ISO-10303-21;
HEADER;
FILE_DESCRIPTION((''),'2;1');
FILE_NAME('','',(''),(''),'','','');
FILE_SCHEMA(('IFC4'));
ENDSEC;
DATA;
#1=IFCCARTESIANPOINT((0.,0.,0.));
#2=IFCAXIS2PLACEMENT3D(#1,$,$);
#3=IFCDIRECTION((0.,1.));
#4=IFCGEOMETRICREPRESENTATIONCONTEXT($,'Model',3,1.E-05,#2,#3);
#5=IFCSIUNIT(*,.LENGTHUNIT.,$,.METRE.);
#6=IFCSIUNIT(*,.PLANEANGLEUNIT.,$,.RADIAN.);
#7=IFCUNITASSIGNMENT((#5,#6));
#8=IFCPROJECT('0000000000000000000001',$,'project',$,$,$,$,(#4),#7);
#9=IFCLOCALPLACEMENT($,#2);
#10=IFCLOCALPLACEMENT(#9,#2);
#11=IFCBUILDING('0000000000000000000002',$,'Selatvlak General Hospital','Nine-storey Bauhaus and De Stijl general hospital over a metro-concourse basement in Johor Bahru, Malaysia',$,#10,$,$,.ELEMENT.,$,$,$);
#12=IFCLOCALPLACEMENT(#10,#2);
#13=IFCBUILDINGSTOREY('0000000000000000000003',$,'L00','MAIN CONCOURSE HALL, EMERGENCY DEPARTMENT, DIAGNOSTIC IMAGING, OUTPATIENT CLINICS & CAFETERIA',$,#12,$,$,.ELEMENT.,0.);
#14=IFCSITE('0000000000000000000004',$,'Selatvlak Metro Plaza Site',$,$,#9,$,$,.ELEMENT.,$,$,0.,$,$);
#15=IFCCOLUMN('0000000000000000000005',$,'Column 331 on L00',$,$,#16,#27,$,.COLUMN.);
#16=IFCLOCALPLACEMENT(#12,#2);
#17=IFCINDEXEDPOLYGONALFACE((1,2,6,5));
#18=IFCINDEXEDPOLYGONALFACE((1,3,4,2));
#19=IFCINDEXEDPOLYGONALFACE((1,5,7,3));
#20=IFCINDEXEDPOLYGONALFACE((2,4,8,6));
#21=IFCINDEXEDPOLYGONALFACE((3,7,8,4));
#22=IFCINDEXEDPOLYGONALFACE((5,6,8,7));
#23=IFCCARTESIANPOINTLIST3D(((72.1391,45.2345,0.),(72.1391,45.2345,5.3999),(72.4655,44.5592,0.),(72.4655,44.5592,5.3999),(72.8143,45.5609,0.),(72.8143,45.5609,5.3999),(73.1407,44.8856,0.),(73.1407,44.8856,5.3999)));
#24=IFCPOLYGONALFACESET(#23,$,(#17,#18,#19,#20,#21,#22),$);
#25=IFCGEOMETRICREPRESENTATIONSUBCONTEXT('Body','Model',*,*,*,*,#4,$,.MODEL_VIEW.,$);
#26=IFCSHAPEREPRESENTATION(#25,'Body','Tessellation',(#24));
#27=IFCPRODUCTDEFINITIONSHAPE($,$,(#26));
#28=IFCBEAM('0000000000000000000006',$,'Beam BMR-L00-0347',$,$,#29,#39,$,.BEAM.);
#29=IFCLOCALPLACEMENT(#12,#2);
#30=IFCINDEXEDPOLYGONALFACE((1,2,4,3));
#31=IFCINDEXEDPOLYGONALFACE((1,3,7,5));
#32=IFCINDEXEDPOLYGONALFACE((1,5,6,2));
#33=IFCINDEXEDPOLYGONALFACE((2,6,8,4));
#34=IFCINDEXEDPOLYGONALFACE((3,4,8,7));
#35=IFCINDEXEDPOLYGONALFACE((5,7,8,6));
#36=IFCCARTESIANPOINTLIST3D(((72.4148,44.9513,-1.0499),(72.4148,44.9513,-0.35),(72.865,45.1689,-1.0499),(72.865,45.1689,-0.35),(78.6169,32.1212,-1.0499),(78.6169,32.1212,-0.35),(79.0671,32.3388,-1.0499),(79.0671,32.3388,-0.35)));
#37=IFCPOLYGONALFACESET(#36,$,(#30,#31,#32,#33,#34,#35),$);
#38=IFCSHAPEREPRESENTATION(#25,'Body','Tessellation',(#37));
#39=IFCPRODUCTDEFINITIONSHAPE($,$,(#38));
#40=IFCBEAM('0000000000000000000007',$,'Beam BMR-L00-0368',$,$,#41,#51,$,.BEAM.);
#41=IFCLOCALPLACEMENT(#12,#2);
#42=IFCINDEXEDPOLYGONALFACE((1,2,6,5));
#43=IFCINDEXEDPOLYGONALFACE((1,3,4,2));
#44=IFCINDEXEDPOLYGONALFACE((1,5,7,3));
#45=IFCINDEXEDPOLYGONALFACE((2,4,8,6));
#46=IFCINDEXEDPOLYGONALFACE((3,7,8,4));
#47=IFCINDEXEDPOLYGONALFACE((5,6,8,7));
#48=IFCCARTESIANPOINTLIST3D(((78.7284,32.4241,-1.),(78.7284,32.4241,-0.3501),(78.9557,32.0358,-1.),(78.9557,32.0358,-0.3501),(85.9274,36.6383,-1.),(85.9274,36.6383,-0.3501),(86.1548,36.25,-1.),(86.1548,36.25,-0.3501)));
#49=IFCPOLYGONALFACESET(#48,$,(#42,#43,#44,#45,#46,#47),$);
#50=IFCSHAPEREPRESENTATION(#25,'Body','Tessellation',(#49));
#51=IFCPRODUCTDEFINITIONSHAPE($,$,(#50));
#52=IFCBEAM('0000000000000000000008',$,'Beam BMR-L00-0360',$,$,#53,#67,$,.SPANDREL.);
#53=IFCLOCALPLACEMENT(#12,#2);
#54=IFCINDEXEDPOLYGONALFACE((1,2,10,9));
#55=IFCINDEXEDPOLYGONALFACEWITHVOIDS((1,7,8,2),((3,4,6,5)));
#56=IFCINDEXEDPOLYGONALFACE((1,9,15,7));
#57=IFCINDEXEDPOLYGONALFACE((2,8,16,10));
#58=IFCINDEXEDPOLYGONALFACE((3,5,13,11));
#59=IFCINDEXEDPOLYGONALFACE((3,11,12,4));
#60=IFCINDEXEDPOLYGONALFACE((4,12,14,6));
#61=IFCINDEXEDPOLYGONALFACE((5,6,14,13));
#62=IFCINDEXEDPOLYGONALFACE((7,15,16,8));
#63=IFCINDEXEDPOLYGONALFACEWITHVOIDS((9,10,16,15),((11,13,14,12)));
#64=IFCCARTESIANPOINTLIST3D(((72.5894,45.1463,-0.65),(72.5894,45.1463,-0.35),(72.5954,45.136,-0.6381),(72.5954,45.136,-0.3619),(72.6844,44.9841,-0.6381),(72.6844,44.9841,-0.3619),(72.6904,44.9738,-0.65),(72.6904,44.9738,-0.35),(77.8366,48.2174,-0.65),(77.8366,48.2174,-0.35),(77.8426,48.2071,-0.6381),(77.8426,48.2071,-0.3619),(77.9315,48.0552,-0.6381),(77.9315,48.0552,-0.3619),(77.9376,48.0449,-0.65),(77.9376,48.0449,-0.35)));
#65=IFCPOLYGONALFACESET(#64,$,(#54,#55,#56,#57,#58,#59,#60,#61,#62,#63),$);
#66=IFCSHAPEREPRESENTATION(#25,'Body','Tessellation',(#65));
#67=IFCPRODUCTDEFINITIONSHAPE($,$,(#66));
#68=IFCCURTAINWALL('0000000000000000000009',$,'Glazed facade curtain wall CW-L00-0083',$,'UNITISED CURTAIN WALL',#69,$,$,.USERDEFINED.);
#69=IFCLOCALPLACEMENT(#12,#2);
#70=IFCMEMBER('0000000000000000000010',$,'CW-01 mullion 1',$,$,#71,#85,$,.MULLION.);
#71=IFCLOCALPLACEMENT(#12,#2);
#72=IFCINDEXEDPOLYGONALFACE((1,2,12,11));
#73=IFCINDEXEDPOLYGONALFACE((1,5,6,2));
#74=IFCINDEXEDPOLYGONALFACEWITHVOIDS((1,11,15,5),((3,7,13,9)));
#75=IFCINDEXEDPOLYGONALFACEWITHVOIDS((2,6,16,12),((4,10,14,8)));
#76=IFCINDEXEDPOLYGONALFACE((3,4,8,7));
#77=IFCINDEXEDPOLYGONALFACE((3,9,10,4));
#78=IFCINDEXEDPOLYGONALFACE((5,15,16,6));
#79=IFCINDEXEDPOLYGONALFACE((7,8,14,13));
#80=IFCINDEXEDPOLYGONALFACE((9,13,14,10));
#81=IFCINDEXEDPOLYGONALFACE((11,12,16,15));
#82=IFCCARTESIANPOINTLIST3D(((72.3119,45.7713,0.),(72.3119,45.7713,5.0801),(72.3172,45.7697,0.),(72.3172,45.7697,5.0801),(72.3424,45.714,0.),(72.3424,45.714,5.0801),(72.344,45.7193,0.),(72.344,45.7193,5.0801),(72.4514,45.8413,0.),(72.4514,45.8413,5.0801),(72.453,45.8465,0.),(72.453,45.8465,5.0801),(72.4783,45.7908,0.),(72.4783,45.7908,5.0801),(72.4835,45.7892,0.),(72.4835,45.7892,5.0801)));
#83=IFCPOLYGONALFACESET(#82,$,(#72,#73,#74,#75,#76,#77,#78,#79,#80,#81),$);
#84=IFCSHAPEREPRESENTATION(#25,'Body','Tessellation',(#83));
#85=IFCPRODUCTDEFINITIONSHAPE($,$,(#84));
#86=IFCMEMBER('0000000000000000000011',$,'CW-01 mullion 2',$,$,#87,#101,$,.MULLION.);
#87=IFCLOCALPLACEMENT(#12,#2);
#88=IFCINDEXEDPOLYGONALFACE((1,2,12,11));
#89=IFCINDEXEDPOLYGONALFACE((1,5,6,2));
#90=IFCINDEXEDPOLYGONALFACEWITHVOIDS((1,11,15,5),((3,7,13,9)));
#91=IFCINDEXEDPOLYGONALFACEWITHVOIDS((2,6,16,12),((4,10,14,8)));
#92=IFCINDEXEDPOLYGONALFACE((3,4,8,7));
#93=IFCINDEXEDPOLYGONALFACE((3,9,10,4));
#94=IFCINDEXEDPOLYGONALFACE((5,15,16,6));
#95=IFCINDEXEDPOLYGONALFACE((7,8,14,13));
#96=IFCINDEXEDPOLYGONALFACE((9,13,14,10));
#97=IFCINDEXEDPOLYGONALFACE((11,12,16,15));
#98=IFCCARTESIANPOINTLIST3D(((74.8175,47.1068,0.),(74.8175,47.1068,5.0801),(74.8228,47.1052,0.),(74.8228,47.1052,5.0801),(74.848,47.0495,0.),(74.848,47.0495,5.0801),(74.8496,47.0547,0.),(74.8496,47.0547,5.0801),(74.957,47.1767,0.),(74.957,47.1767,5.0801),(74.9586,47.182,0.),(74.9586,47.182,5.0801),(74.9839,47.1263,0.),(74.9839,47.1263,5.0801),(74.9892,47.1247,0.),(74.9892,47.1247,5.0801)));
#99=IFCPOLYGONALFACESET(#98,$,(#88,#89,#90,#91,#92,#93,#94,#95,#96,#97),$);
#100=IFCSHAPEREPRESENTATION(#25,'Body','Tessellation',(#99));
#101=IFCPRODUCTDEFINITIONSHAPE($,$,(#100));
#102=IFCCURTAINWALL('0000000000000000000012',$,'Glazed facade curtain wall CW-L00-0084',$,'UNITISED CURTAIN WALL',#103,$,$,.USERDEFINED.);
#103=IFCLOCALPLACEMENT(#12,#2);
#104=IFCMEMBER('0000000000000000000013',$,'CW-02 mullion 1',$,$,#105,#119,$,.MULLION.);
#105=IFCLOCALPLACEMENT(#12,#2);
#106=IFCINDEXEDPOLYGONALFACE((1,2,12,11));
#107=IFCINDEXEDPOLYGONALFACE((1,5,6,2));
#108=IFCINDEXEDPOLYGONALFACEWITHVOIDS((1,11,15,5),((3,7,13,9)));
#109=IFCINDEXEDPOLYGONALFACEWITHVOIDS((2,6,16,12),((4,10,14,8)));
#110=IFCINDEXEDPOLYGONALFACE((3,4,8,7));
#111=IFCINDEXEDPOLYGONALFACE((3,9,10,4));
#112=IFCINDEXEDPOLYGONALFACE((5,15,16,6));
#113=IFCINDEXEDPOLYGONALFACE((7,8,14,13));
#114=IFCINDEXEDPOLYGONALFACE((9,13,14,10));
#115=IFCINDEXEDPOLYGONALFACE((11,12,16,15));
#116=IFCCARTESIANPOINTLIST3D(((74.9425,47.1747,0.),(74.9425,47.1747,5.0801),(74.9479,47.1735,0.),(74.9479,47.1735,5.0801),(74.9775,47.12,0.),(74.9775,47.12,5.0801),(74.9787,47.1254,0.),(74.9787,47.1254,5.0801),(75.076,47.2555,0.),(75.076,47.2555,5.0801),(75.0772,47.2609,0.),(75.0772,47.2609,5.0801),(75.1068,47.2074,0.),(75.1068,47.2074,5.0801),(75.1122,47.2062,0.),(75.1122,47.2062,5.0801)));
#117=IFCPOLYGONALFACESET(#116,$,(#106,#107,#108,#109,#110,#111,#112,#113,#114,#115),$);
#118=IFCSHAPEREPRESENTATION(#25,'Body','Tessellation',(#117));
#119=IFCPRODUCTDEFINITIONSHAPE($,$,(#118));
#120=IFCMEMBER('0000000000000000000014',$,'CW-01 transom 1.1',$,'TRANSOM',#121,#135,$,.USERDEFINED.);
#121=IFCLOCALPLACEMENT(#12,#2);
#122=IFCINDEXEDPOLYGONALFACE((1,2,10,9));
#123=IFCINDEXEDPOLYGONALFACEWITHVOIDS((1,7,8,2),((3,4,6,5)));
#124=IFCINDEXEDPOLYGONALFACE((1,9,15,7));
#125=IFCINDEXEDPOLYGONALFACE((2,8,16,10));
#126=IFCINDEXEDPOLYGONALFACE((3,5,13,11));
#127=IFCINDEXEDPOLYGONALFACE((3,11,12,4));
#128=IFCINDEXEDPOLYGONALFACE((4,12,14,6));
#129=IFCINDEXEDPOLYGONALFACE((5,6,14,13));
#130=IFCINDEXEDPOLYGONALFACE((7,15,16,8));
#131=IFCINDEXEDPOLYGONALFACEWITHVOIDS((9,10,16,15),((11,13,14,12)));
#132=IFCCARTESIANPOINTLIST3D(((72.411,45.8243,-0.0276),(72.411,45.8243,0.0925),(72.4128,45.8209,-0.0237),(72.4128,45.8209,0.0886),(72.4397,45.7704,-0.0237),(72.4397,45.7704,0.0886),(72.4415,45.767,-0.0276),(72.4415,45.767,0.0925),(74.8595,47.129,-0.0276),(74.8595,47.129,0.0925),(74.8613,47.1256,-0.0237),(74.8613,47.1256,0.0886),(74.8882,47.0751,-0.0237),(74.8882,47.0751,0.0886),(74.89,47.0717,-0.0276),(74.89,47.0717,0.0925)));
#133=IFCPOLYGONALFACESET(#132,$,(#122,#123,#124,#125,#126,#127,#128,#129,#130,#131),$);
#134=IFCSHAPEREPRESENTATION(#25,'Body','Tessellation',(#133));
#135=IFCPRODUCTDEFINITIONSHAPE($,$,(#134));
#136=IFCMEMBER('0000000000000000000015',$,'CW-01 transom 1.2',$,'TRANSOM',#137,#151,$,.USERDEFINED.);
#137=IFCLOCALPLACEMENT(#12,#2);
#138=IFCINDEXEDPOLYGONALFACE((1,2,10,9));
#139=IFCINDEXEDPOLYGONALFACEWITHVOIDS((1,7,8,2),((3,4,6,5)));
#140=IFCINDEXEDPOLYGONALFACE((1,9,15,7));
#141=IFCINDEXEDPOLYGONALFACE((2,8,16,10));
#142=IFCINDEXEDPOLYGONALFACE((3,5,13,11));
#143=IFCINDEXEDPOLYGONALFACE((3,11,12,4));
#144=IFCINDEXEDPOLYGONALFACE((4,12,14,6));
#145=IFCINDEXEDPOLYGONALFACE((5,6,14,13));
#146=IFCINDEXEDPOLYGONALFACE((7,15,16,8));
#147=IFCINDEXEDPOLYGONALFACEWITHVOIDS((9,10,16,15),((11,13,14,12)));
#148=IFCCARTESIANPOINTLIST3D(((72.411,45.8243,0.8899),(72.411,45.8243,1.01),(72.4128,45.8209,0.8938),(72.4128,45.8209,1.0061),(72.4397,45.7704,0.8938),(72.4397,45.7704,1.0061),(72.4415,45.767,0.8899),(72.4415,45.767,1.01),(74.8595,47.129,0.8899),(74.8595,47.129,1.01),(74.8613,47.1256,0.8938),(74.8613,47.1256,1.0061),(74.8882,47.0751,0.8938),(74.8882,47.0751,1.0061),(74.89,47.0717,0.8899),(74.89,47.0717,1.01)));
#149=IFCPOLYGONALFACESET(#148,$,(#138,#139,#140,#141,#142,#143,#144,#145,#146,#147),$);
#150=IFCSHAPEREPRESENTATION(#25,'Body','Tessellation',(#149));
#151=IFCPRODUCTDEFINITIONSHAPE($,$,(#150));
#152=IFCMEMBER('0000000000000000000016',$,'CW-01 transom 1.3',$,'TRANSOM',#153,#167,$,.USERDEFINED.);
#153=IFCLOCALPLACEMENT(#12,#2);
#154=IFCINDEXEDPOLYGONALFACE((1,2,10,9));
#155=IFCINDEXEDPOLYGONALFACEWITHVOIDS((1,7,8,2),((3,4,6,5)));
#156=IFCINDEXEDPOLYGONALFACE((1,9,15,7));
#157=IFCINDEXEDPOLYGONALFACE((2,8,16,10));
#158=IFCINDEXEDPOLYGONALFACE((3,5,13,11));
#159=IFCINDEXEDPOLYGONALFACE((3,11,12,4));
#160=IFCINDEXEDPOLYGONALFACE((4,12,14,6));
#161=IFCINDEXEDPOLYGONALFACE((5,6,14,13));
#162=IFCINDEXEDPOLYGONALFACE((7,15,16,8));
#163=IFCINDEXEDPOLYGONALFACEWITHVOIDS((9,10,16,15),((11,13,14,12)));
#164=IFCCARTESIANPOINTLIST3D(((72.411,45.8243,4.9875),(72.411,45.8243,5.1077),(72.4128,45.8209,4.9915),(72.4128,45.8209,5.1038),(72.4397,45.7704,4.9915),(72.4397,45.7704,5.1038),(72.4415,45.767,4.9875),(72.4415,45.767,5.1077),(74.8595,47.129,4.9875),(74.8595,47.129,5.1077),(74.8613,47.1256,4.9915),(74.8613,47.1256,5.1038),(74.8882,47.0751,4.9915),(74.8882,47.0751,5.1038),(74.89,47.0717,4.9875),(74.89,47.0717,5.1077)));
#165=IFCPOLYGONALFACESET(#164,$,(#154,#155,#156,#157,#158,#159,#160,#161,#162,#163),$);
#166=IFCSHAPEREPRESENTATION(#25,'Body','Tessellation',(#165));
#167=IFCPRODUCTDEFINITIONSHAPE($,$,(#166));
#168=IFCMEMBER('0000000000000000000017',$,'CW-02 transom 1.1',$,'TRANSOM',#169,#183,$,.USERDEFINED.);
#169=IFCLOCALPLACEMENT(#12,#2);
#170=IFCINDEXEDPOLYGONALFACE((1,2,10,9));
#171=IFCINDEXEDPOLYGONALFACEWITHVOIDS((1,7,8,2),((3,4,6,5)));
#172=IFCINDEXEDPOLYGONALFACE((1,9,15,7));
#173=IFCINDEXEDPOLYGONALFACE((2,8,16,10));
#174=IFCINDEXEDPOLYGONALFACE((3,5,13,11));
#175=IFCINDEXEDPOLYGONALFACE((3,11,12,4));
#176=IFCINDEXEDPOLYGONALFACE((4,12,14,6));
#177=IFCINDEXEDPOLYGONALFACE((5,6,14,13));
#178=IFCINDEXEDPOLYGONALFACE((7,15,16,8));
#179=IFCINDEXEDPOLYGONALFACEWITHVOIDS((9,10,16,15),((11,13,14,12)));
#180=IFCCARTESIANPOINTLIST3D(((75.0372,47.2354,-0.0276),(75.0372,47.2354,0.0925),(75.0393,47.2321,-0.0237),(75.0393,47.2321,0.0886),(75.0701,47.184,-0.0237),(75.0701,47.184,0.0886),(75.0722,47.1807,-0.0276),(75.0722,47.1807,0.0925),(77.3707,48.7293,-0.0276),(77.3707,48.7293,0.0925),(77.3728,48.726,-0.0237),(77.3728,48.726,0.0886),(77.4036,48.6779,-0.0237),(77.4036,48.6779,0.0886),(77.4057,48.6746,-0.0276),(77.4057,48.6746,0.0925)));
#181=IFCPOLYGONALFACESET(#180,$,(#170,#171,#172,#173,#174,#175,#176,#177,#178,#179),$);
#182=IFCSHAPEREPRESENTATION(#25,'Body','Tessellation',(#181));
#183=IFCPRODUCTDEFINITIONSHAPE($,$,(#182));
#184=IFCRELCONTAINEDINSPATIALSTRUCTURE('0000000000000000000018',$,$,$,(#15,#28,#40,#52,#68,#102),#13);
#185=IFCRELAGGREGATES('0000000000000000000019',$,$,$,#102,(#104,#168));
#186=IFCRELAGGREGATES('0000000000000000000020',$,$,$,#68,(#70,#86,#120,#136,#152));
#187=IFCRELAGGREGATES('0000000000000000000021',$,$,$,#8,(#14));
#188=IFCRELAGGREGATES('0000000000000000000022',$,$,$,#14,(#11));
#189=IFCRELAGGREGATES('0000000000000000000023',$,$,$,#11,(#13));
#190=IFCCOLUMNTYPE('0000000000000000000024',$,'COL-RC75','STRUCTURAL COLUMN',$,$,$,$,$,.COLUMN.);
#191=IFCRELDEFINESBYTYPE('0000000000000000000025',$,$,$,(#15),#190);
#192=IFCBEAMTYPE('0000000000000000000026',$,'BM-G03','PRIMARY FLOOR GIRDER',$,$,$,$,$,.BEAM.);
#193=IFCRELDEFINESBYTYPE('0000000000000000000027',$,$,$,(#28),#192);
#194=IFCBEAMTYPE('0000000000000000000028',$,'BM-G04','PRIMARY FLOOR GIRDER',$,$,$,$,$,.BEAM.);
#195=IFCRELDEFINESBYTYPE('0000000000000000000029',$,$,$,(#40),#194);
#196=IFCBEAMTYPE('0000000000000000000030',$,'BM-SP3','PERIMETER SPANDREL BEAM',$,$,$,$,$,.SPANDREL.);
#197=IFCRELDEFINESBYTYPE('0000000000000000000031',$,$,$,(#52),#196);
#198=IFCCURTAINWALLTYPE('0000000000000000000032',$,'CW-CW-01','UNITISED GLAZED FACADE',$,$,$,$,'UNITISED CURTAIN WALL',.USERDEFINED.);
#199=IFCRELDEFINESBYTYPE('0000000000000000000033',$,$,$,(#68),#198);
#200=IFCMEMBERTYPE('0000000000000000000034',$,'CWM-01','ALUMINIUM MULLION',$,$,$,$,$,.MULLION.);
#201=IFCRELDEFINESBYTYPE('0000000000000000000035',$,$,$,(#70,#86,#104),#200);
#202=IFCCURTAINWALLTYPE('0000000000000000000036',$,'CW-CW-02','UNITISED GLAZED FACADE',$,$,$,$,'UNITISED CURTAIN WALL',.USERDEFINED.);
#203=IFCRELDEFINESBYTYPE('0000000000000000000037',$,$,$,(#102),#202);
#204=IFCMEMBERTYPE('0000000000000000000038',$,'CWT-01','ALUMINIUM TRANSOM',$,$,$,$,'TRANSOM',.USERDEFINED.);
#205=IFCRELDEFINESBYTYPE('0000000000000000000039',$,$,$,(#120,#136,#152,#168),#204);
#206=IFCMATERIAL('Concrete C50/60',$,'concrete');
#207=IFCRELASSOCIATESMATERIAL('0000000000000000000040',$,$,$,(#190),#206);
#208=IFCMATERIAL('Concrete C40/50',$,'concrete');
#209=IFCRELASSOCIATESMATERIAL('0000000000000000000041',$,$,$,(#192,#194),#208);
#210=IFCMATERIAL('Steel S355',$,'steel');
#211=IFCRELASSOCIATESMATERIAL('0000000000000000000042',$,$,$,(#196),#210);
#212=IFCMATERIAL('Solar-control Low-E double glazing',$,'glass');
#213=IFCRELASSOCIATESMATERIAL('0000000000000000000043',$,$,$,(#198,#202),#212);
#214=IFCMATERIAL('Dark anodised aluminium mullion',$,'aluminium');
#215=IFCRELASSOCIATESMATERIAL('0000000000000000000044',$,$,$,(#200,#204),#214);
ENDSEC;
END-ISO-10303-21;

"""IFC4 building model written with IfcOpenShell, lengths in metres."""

from ifc_helpers import new_model, si_unit, direction, frame, origin, origin_2d, place, context, subcontext, project, spatial, rectangle, hollow_rectangle, extrude, material, material_profile, profile_set, type_object, element, aggregate, save


model = new_model("IFC4")

# Units and contexts
model_context = context("Model", 3, precision=1e-05, world=origin(), true_north=direction((0.0, 1.0)))
body_context = subcontext(model_context, "Body", "Model", "MODEL_VIEW")
ifc_project = project(units=[si_unit("LENGTHUNIT", "METRE"), si_unit("PLANEANGLEUNIT", "RADIAN")], contexts=[model_context])

# Site, building, storey
site_placement = place(None, origin())
site = spatial("IfcSite", under=ifc_project, at=site_placement, Name="Selatvlak Metro Plaza Site", CompositionType="ELEMENT", RefElevation=0.0)
building_placement = place(site_placement, origin())
building = spatial("IfcBuilding", under=site, at=building_placement, Name="Selatvlak General Hospital", Description="Nine-storey Bauhaus and De Stijl general hospital over a metro-concourse basement in Johor Bahru, Malaysia", CompositionType="ELEMENT")
storey_placement = place(building_placement, origin())
storey = spatial("IfcBuildingStorey", under=building, at=storey_placement, Name="L00", Description="MAIN CONCOURSE HALL, EMERGENCY DEPARTMENT, DIAGNOSTIC IMAGING, OUTPATIENT CLINICS & CAFETERIA", CompositionType="ELEMENT", Elevation=0.0)

# Column
ifc_material_1 = material(Name="Concrete C50/60", Category="concrete")
ifc_material_profile_1 = material_profile(ifc_material_1, rectangle(XDim=0.75, YDim=0.75, at=origin_2d()), Name="RC-COL 750x750")
ifc_profile_set_1 = profile_set([ifc_material_profile_1], Name="Concrete C50/60")
column_type = type_object("IfcColumnType", Name="COL-RC75", Description="STRUCTURAL COLUMN", PredefinedType="COLUMN", material=ifc_profile_set_1)
column_placement = place(storey_placement, frame((72.6399, 45.0601, 0.0), z_axis=(0.0, 0.0, 1.0), x_axis=(-0.4352, 0.900334, 0.0)))
element("IfcColumn", 1, at=column_placement, inside=storey, type_object=column_type, Name="Column 331 on L00", PredefinedType="COLUMN", context=body_context, shape_type="SweptSolid", body=[
    extrude(rectangle(XDim=0.75, YDim=0.75, at=origin_2d()), origin(), (0.0, 0.0, 1.0), 5.3999),
])

# Beams
ifc_material_2 = material(Name="Concrete C40/50", Category="concrete")
ifc_material_profile_2 = material_profile(ifc_material_2, rectangle(XDim=0.5, YDim=0.7, at=origin_2d()), Name="RC-BM 500x700")
ifc_profile_set_2 = profile_set([ifc_material_profile_2], Name="Concrete C40/50")
beam_type_1 = type_object("IfcBeamType", Name="BM-G03", Description="PRIMARY FLOOR GIRDER", PredefinedType="BEAM", material=ifc_profile_set_2)
beam_1_placement = place(storey_placement, frame((72.6399, 45.0601, -0.7), z_axis=(0.435222, -0.900323, 0.0), x_axis=(0.900323, 0.435222, 0.0)))
element("IfcBeam", 2, at=beam_1_placement, inside=storey, type_object=beam_type_1, Name="Beam BMR-L00-0347", PredefinedType="BEAM", context=body_context, shape_type="SweptSolid", body=[
    extrude(rectangle(XDim=0.5, YDim=0.7, at=origin_2d()), origin(), (0.0, 0.0, 1.0), 14.2505),
])
ifc_material_profile_3 = material_profile(ifc_material_2, rectangle(XDim=0.45, YDim=0.6499, at=origin_2d()), Name="RC-BM 450x650")
ifc_profile_set_3 = profile_set([ifc_material_profile_3], Name="Concrete C40/50")
beam_type_2 = type_object("IfcBeamType", Name="BM-G04", Description="PRIMARY FLOOR GIRDER", PredefinedType="BEAM", material=ifc_profile_set_3)
beam_2_placement = place(storey_placement, frame((78.842, 32.23, -0.675), z_axis=(0.86301, 0.505186, 0.0), x_axis=(-0.505186, 0.86301, 0.0)))
element("IfcBeam", 3, at=beam_2_placement, inside=storey, type_object=beam_type_2, Name="Beam BMR-L00-0368", PredefinedType="BEAM", context=body_context, shape_type="SweptSolid", body=[
    extrude(rectangle(XDim=0.45, YDim=0.6499, at=origin_2d()), origin(), (0.0, 0.0, 1.0), 8.3418),
])
ifc_material_3 = material(Name="Steel S355", Category="steel")
ifc_material_profile_4 = material_profile(ifc_material_3, hollow_rectangle(XDim=0.2, YDim=0.3, WallThickness=0.012, at=origin_2d()), Name="RHS 300x200x12")
ifc_profile_set_4 = profile_set([ifc_material_profile_4], Name="Steel S355")
beam_type_3 = type_object("IfcBeamType", Name="BM-SP3", Description="PERIMETER SPANDREL BEAM", PredefinedType="SPANDREL", material=ifc_profile_set_4)
beam_3_placement = place(storey_placement, frame((72.6399, 45.0601, -0.5), z_axis=(0.863044, 0.505129, 0.0), x_axis=(-0.505129, 0.863044, 0.0)))
element("IfcBeam", 4, at=beam_3_placement, inside=storey, type_object=beam_type_3, Name="Beam BMR-L00-0360", PredefinedType="SPANDREL", context=body_context, shape_type="SweptSolid", body=[
    extrude(hollow_rectangle(XDim=0.2, YDim=0.3, WallThickness=0.012, at=origin_2d()), origin(), (0.0, 0.0, 1.0), 6.0798),
])

# Curtain wall, members
ifc_material_4 = material(Name="Solar-control Low-E double glazing", Category="glass")
curtain_wall_type_1 = type_object("IfcCurtainWallType", Name="CW-CW-01", Description="UNITISED GLAZED FACADE", ElementType="UNITISED CURTAIN WALL", PredefinedType="USERDEFINED", material=ifc_material_4)
curtain_wall_1_placement = place(storey_placement, origin())
curtain_wall_1 = element("IfcCurtainWall", 5, at=curtain_wall_1_placement, inside=storey, type_object=curtain_wall_type_1, Name="Glazed facade curtain wall CW-L00-0083", ObjectType="UNITISED CURTAIN WALL", PredefinedType="USERDEFINED")
ifc_material_5 = material(Name="Dark anodised aluminium mullion", Category="aluminium")
ifc_material_profile_5 = material_profile(ifc_material_5, hollow_rectangle(XDim=0.0649, YDim=0.1599, WallThickness=0.0039, at=origin_2d()), Name="AL-MUL 65x160x4")
ifc_profile_set_5 = profile_set([ifc_material_profile_5], Name="Dark anodised aluminium mullion")
member_type_1 = type_object("IfcMemberType", Name="CWM-01", Description="ALUMINIUM MULLION", PredefinedType="MULLION", material=ifc_profile_set_5)
member_1_placement = place(storey_placement, frame((72.3977, 45.7803, 0.0), z_axis=(0.0, 0.0, 1.0), x_axis=(-0.470338, 0.882486, 0.0)))
member_1 = element("IfcMember", 6, at=member_1_placement, type_object=member_type_1, Name="CW-01 mullion 1", PredefinedType="MULLION", context=body_context, shape_type="SweptSolid", body=[
    extrude(hollow_rectangle(XDim=0.0649, YDim=0.1599, WallThickness=0.0039, at=origin_2d()), origin(), (0.0, 0.0, 1.0), 5.0801),
])
member_2_placement = place(storey_placement, frame((74.9033, 47.1157, 0.0), z_axis=(0.0, 0.0, 1.0), x_axis=(-0.470338, 0.882486, 0.0)))
member_2 = element("IfcMember", 7, at=member_2_placement, type_object=member_type_1, Name="CW-01 mullion 2", PredefinedType="MULLION", context=body_context, shape_type="SweptSolid", body=[
    extrude(hollow_rectangle(XDim=0.0649, YDim=0.1599, WallThickness=0.0039, at=origin_2d()), origin(), (0.0, 0.0, 1.0), 5.0801),
])

# Curtain wall, member
curtain_wall_type_2 = type_object("IfcCurtainWallType", Name="CW-CW-02", Description="UNITISED GLAZED FACADE", ElementType="UNITISED CURTAIN WALL", PredefinedType="USERDEFINED", material=ifc_material_4)
curtain_wall_2_placement = place(storey_placement, origin())
curtain_wall_2 = element("IfcCurtainWall", 8, at=curtain_wall_2_placement, inside=storey, type_object=curtain_wall_type_2, Name="Glazed facade curtain wall CW-L00-0084", ObjectType="UNITISED CURTAIN WALL", PredefinedType="USERDEFINED")
member_3_placement = place(storey_placement, frame((75.0273, 47.1904, 0.0), z_axis=(0.0, 0.0, 1.0), x_axis=(-0.539171, 0.842196, 0.0)))
member_3 = element("IfcMember", 9, at=member_3_placement, type_object=member_type_1, Name="CW-02 mullion 1", PredefinedType="MULLION", context=body_context, shape_type="SweptSolid", body=[
    extrude(hollow_rectangle(XDim=0.0649, YDim=0.1599, WallThickness=0.0039, at=origin_2d()), origin(), (0.0, 0.0, 1.0), 5.0801),
])

# Members
ifc_material_profile_6 = material_profile(ifc_material_5, hollow_rectangle(XDim=0.0649, YDim=0.1201, WallThickness=0.0039, at=origin_2d()), Name="AL-TRN 65x120x4")
ifc_profile_set_6 = profile_set([ifc_material_profile_6], Name="Dark anodised aluminium mullion")
member_type_2 = type_object("IfcMemberType", Name="CWT-01", Description="ALUMINIUM TRANSOM", ElementType="TRANSOM", PredefinedType="USERDEFINED", material=ifc_profile_set_6)
member_4_placement = place(storey_placement, frame((72.4263, 45.7957, 0.0325), z_axis=(0.882528, 0.470259, 0.0), x_axis=(-0.470259, 0.882528, 0.0)))
member_4 = element("IfcMember", 10, at=member_4_placement, type_object=member_type_2, Name="CW-01 transom 1.1", ObjectType="TRANSOM", PredefinedType="USERDEFINED", context=body_context, shape_type="SweptSolid", body=[
    extrude(hollow_rectangle(XDim=0.0649, YDim=0.1201, WallThickness=0.0039, at=origin_2d()), origin(), (0.0, 0.0, 1.0), 2.7744),
])
member_5_placement = place(storey_placement, frame((72.4263, 45.7957, 0.95), z_axis=(0.882528, 0.470259, 0.0), x_axis=(-0.470259, 0.882528, 0.0)))
member_5 = element("IfcMember", 11, at=member_5_placement, type_object=member_type_2, Name="CW-01 transom 1.2", ObjectType="TRANSOM", PredefinedType="USERDEFINED", context=body_context, shape_type="SweptSolid", body=[
    extrude(hollow_rectangle(XDim=0.0649, YDim=0.1201, WallThickness=0.0039, at=origin_2d()), origin(), (0.0, 0.0, 1.0), 2.7744),
])
member_6_placement = place(storey_placement, frame((72.4263, 45.7957, 5.0476), z_axis=(0.882528, 0.470259, 0.0), x_axis=(-0.470259, 0.882528, 0.0)))
member_6 = element("IfcMember", 12, at=member_6_placement, type_object=member_type_2, Name="CW-01 transom 1.3", ObjectType="TRANSOM", PredefinedType="USERDEFINED", context=body_context, shape_type="SweptSolid", body=[
    extrude(hollow_rectangle(XDim=0.0649, YDim=0.1201, WallThickness=0.0039, at=origin_2d()), origin(), (0.0, 0.0, 1.0), 2.7744),
])
member_7_placement = place(storey_placement, frame((75.0547, 47.208, 0.0325), z_axis=(0.842196, 0.539171, 0.0), x_axis=(-0.539171, 0.842196, 0.0)))
member_7 = element("IfcMember", 13, at=member_7_placement, type_object=member_type_2, Name="CW-02 transom 1.1", ObjectType="TRANSOM", PredefinedType="USERDEFINED", context=body_context, shape_type="SweptSolid", body=[
    extrude(hollow_rectangle(XDim=0.0649, YDim=0.1201, WallThickness=0.0039, at=origin_2d()), origin(), (0.0, 0.0, 1.0), 2.7708),
])
aggregate(curtain_wall_2, [member_3, member_7])

aggregate(curtain_wall_1, [member_1, member_2, member_4, member_5, member_6])

save(model, "model.ifc")
